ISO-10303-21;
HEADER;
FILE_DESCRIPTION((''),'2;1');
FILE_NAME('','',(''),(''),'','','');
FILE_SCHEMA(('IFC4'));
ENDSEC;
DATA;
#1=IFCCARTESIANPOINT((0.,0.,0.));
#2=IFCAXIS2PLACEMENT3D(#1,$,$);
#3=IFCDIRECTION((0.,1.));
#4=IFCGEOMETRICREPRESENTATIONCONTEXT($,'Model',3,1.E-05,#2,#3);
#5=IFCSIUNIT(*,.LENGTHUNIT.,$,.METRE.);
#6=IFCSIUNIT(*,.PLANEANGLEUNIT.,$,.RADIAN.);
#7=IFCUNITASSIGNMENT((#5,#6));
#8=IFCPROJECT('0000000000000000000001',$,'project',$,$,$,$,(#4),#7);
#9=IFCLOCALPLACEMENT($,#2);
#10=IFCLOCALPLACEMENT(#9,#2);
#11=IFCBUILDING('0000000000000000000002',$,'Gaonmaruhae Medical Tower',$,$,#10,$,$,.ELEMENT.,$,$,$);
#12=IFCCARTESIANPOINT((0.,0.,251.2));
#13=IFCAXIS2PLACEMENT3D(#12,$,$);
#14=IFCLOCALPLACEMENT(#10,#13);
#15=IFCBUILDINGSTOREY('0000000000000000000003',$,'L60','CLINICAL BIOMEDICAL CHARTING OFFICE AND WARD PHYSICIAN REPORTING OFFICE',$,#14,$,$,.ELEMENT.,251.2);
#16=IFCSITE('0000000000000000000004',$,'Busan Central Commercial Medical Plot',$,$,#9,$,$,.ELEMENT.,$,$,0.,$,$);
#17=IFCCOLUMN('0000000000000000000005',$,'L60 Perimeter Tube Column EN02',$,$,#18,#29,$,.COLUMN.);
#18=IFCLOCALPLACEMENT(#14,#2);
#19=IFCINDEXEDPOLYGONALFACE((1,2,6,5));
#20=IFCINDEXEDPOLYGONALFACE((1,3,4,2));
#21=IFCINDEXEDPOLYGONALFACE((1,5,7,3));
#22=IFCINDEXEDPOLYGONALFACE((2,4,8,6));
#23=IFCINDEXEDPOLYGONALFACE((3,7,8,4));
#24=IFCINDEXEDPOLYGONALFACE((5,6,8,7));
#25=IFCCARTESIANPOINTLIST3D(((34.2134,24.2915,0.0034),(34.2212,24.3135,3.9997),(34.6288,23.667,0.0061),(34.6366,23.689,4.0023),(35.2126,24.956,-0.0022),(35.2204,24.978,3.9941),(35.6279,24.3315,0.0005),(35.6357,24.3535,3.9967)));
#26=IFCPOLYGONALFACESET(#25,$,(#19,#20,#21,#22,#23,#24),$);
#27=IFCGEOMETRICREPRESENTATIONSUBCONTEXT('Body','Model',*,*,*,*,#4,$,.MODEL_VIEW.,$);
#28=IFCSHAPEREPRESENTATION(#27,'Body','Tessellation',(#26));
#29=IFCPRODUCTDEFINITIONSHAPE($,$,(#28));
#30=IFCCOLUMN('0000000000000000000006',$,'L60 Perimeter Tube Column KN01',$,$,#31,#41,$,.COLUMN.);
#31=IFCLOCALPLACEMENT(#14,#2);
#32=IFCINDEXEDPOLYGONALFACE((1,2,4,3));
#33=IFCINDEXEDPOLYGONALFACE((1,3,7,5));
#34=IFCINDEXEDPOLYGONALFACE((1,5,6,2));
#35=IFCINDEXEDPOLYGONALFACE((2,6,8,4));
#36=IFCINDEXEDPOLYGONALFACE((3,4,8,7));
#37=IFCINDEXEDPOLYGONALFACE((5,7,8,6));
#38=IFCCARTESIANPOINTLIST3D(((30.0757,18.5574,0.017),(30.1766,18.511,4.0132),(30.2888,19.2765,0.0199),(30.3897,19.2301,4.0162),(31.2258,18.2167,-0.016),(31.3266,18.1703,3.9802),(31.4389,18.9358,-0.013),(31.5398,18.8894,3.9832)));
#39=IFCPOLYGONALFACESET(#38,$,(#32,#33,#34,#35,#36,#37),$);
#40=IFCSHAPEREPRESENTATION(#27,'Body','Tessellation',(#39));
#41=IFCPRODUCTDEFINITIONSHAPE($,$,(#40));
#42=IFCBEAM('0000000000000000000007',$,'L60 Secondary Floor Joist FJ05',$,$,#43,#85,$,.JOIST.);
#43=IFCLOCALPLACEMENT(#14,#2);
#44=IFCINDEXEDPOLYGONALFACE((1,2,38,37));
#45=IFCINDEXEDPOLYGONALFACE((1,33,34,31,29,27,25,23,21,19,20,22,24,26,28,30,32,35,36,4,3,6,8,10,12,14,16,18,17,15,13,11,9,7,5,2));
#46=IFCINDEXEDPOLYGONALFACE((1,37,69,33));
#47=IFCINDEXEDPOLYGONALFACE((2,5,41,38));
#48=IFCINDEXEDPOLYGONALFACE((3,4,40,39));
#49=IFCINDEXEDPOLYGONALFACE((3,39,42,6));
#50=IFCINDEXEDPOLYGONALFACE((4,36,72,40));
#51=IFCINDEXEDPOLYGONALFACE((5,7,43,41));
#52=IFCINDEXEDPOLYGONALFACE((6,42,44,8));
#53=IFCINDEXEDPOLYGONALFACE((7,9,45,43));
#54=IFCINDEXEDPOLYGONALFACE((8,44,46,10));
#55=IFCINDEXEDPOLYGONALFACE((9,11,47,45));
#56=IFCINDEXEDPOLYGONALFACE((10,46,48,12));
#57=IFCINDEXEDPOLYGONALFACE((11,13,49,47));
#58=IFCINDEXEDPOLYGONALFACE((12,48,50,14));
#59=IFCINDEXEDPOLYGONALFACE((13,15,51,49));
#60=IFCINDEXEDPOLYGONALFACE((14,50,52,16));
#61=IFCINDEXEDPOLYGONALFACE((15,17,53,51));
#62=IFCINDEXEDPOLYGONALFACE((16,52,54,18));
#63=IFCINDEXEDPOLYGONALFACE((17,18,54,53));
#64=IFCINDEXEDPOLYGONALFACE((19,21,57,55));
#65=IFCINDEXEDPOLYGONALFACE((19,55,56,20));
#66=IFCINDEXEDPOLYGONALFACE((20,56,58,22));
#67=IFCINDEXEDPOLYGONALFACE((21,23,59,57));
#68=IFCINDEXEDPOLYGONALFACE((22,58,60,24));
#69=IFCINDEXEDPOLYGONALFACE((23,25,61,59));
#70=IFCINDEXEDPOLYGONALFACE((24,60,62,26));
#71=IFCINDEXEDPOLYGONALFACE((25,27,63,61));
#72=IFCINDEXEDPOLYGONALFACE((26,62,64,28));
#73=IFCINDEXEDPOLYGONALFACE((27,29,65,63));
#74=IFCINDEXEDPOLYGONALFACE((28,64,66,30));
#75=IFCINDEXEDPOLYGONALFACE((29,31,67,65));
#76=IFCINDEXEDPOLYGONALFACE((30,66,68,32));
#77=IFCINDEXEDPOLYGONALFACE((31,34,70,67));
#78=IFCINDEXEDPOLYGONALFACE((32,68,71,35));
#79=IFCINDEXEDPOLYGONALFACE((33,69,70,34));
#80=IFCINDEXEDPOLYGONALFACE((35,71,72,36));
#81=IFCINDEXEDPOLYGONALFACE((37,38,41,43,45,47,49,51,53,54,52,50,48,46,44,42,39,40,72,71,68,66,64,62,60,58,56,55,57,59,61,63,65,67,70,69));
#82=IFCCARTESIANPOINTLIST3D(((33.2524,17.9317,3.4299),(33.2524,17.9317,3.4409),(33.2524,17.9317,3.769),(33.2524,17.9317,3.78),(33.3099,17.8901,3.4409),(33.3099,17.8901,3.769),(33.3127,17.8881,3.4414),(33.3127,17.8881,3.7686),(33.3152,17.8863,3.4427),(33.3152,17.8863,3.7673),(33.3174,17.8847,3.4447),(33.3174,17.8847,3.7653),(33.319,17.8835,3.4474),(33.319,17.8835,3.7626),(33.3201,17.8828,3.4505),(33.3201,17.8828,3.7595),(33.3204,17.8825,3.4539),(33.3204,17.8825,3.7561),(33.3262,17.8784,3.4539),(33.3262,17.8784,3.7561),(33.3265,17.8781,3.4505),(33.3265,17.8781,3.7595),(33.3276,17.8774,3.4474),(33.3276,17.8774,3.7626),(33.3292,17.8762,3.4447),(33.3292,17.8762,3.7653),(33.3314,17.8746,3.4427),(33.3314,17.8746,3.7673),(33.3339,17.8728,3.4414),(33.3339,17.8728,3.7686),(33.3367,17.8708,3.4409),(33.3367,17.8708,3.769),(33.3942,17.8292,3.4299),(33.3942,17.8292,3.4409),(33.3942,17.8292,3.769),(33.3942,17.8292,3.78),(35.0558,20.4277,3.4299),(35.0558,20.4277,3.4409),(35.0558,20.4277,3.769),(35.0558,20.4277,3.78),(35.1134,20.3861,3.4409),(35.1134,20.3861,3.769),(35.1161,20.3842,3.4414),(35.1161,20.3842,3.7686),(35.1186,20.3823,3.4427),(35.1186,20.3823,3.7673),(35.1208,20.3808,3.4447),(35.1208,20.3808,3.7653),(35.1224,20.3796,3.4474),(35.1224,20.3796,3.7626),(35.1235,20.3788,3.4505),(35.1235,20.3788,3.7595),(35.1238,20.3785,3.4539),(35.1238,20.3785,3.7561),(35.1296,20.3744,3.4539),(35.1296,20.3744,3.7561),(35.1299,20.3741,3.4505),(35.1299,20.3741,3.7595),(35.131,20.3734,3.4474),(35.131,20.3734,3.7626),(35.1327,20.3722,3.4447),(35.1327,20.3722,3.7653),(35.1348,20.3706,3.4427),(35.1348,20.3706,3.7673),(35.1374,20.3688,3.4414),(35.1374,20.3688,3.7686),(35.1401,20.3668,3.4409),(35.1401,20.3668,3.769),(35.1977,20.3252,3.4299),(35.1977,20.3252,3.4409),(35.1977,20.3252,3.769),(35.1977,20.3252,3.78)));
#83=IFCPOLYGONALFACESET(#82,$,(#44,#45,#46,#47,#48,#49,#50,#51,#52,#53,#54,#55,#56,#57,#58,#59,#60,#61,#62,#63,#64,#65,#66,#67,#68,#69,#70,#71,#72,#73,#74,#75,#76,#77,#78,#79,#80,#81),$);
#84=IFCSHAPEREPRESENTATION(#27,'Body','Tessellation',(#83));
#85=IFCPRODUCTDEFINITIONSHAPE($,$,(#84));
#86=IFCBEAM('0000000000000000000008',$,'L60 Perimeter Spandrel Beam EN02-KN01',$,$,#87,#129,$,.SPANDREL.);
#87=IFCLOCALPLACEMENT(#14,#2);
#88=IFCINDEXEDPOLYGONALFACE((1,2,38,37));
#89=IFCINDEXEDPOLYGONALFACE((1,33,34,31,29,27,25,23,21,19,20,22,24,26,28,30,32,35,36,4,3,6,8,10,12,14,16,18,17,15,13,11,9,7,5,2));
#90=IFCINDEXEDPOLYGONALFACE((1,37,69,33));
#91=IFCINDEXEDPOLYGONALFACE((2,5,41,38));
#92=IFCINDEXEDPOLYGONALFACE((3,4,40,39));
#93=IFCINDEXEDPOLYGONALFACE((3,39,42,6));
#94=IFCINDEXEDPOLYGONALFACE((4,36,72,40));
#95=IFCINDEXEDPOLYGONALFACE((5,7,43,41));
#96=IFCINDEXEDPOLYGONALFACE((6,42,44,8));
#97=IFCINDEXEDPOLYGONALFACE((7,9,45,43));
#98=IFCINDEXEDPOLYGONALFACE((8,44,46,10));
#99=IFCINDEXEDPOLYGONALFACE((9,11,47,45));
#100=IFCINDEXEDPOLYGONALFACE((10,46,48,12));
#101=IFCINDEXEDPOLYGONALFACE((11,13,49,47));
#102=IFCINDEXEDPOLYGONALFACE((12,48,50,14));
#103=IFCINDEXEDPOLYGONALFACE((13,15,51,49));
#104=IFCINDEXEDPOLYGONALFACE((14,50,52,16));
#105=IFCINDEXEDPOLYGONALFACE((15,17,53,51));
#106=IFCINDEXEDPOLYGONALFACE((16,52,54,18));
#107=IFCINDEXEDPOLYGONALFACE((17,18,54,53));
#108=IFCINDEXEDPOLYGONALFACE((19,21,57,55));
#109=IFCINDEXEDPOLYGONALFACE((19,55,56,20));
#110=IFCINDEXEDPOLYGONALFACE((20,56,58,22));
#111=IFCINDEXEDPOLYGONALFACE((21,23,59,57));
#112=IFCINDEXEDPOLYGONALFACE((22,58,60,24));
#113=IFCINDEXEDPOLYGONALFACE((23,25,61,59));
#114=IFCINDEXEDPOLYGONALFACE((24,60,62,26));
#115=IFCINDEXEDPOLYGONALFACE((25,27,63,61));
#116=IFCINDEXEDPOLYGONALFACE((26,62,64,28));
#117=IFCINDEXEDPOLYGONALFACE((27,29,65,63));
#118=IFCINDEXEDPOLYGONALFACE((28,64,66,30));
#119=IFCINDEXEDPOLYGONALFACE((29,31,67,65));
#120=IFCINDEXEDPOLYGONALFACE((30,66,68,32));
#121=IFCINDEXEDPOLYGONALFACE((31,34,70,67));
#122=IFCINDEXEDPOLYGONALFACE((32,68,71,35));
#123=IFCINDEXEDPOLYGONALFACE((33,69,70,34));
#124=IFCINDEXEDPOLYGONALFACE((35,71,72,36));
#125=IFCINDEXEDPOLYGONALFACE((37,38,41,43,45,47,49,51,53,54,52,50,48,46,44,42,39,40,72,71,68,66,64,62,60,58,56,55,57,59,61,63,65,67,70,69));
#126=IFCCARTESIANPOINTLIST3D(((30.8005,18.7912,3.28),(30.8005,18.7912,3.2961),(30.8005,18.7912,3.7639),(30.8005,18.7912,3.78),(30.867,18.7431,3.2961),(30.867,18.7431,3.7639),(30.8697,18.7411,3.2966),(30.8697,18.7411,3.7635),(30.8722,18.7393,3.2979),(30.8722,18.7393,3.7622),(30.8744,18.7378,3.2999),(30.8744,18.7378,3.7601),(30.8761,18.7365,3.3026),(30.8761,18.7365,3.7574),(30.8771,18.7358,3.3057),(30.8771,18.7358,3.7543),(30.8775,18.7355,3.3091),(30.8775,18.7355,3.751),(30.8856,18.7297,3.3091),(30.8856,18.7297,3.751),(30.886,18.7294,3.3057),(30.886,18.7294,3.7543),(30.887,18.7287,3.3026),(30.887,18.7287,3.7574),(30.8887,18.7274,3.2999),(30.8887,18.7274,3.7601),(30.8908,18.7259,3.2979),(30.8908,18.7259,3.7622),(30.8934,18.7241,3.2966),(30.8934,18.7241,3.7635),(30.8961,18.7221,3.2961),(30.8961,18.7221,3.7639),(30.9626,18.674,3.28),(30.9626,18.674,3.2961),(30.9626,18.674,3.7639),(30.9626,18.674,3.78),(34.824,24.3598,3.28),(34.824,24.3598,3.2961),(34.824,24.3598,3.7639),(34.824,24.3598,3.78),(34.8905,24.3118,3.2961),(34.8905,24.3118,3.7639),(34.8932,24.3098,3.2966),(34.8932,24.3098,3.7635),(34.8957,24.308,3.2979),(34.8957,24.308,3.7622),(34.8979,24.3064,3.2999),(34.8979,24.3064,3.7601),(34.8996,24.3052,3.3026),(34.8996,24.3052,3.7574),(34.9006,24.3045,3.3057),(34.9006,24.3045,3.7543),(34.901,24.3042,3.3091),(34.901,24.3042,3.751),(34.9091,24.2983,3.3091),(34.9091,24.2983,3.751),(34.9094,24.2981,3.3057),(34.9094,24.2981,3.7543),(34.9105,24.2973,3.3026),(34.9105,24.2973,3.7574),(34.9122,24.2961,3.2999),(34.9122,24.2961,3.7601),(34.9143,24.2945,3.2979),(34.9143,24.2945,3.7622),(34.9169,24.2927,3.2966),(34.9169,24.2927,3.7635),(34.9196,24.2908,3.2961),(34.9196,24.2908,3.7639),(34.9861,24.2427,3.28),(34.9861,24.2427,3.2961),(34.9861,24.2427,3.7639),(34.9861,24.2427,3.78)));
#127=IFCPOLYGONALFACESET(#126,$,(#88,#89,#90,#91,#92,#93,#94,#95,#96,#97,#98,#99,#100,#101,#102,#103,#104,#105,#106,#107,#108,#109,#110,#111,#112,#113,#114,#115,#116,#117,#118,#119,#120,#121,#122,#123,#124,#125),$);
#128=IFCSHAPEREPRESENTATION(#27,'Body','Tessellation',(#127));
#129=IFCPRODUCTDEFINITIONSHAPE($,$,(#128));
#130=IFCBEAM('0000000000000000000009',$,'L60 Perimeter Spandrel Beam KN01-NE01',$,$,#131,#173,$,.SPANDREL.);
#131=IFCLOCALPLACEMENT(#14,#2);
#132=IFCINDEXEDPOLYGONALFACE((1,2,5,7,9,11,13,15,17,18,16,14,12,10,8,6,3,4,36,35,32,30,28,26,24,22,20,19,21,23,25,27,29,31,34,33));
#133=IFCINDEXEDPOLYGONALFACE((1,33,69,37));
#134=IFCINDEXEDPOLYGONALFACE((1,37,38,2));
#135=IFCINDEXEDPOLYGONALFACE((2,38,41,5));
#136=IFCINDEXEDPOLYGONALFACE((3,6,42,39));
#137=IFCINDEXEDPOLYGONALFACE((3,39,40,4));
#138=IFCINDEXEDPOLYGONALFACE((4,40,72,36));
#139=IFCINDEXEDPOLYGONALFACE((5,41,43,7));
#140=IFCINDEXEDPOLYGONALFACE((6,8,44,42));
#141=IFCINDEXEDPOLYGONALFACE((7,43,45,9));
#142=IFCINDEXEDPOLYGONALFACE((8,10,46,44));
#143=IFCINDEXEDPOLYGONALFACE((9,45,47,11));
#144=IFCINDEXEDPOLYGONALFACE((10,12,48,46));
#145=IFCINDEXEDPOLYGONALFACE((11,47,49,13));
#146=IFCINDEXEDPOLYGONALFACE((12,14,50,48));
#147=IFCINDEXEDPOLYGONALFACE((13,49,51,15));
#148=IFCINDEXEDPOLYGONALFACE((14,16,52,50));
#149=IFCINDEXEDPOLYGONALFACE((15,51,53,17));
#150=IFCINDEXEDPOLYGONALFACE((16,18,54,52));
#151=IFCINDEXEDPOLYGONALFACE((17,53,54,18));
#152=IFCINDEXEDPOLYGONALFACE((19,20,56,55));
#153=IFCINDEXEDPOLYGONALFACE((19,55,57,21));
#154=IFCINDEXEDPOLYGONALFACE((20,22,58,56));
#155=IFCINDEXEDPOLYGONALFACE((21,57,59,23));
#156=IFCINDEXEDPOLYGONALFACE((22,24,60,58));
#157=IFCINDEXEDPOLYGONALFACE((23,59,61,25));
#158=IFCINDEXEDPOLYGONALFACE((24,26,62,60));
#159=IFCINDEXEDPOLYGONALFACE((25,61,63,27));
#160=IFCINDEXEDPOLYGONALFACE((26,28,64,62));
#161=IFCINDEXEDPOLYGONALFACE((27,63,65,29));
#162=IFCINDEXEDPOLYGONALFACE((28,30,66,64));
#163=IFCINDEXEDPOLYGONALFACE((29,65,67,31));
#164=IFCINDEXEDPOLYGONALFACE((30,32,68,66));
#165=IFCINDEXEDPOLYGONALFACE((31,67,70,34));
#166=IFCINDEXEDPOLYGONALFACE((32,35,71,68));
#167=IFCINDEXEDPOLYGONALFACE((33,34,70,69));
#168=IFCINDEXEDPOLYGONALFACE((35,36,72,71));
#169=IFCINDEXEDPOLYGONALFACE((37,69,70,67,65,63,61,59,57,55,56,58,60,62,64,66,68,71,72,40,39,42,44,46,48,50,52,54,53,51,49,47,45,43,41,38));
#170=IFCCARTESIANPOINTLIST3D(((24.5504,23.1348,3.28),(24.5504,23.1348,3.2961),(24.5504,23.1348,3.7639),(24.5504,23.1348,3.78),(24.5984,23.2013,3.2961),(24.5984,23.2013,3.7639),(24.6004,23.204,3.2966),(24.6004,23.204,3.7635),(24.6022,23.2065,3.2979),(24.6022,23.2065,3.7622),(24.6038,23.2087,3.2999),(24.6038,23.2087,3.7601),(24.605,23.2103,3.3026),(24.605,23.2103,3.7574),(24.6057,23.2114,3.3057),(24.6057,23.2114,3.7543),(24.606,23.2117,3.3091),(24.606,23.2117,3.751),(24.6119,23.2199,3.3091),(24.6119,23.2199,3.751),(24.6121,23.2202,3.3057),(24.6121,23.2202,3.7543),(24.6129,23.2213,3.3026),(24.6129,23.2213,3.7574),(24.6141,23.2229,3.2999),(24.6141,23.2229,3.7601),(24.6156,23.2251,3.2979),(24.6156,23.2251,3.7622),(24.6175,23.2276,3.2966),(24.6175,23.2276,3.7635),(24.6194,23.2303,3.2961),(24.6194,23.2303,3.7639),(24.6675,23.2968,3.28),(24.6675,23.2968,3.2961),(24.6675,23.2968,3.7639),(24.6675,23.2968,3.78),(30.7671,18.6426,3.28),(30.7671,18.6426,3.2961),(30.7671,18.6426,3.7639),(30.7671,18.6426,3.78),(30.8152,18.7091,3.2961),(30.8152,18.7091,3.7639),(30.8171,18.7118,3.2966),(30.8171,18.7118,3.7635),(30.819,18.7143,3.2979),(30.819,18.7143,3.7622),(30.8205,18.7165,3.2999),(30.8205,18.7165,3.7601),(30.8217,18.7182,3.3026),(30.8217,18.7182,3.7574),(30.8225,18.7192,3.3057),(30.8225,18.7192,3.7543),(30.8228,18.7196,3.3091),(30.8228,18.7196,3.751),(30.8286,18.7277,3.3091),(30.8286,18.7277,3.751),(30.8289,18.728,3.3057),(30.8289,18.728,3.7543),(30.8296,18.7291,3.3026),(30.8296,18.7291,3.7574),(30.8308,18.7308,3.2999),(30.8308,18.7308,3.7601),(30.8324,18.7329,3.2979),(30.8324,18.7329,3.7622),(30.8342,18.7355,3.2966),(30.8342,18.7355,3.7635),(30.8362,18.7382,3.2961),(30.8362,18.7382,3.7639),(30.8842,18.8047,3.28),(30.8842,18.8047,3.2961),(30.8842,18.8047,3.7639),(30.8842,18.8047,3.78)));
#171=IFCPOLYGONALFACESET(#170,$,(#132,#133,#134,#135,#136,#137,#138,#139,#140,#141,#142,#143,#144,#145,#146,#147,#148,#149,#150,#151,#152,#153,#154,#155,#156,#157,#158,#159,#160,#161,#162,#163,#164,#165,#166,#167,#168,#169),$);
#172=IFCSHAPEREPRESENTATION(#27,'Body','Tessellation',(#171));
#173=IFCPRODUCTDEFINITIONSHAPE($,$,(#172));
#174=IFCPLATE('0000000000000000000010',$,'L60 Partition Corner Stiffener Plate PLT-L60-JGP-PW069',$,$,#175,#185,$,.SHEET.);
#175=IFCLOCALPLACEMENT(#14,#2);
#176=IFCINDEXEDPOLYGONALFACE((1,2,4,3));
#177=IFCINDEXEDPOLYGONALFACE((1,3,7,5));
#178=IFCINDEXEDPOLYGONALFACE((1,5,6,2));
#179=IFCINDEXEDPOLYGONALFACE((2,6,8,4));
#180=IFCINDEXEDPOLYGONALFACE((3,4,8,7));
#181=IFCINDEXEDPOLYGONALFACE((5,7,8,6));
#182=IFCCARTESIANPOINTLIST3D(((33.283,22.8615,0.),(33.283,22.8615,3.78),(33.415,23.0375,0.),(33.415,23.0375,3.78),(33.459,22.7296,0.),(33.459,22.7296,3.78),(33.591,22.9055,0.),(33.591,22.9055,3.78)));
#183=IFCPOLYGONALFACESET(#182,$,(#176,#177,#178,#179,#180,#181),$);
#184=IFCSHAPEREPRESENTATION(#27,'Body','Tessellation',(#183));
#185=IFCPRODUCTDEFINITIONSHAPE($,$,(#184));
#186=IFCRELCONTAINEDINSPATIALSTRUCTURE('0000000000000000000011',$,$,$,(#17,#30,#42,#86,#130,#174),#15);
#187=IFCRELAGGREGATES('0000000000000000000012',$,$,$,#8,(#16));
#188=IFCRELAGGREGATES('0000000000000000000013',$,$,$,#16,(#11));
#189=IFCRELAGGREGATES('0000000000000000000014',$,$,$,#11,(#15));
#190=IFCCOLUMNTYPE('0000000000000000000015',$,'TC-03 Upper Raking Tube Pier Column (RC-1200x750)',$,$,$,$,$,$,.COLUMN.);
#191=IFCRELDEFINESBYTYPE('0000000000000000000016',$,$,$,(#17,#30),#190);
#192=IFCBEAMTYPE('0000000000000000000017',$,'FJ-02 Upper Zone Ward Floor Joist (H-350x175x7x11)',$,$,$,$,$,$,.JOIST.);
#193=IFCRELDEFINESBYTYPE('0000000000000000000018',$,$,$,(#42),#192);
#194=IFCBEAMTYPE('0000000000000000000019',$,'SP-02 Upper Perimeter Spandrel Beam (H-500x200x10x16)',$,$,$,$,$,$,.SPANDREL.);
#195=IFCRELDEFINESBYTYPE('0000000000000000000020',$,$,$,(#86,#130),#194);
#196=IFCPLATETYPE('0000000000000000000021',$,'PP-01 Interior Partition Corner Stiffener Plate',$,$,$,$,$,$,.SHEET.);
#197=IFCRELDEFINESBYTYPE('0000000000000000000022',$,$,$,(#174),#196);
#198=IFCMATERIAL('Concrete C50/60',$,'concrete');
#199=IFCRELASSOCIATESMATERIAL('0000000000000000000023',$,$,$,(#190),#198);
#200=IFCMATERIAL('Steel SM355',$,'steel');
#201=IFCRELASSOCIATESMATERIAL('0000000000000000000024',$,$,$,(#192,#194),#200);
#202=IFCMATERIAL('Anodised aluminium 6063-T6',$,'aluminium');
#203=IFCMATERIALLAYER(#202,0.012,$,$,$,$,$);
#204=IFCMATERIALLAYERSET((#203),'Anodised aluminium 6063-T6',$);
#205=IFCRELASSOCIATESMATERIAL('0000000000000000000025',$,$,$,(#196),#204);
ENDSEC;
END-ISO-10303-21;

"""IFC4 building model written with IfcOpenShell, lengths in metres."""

from ifc_helpers import new_model, si_unit, direction, frame, origin, origin_2d, place, context, subcontext, project, spatial, rectangle, i_section, extrude, material, layer, layer_set, material_profile, profile_set, type_object, element, save


model = new_model("IFC4")

# Units and contexts
model_context = context("Model", 3, precision=1e-05, world=origin(), true_north=direction((0.0, 1.0)))
body_context = subcontext(model_context, "Body", "Model", "MODEL_VIEW")
ifc_project = project(units=[si_unit("LENGTHUNIT", "METRE"), si_unit("PLANEANGLEUNIT", "RADIAN")], contexts=[model_context])

# Site, building, storey
site_placement = place(None, origin())
site = spatial("IfcSite", under=ifc_project, at=site_placement, Name="Busan Central Commercial Medical Plot", CompositionType="ELEMENT", RefElevation=0.0)
building_placement = place(site_placement, origin())
building = spatial("IfcBuilding", under=site, at=building_placement, Name="Gaonmaruhae Medical Tower", CompositionType="ELEMENT")
storey_placement = place(building_placement, frame((0.0, 0.0, 251.2)))
storey = spatial("IfcBuildingStorey", under=building, at=storey_placement, Name="L60", Description="CLINICAL BIOMEDICAL CHARTING OFFICE AND WARD PHYSICIAN REPORTING OFFICE", CompositionType="ELEMENT", Elevation=251.2)

# Columns
ifc_material_1 = material(Name="Concrete C50/60", Category="concrete")
ifc_material_profile_1 = material_profile(ifc_material_1, rectangle(XDim=1.2, YDim=0.75, at=origin_2d()), Name="RC-1200x750")
ifc_profile_set_1 = profile_set([ifc_material_profile_1], Name="Concrete C50/60")
column_type = type_object("IfcColumnType", Name="TC-03 Upper Raking Tube Pier Column (RC-1200x750)", PredefinedType="COLUMN", material=ifc_profile_set_1)
column_1_placement = place(storey_placement, frame((34.9207, 24.3115, 0.002), z_axis=(0.001955, 0.005498, 0.999983), x_axis=(-0.832657, -0.553769, 0.004673)))
element("IfcColumn", 1, at=column_1_placement, inside=storey, type_object=column_type, Name="L60 Perimeter Tube Column EN02", PredefinedType="COLUMN", context=body_context, shape_type="SweptSolid", body=[
    extrude(rectangle(XDim=1.2, YDim=0.75, at=origin_2d()), origin(), (0.0, 0.0, 1.0), 3.9963),
])
column_2_placement = place(storey_placement, frame((30.7573, 18.7466, 0.002), z_axis=(0.025221, -0.011603, 0.999615), x_axis=(-0.95845, 0.283935, 0.027478)))
element("IfcColumn", 2, at=column_2_placement, inside=storey, type_object=column_type, Name="L60 Perimeter Tube Column KN01", PredefinedType="COLUMN", context=body_context, shape_type="SweptSolid", body=[
    extrude(rectangle(XDim=1.2, YDim=0.75, at=origin_2d()), origin(), (0.0, 0.0, 1.0), 3.9978),
])

# Beams
ifc_material_2 = material(Name="Steel SM355", Category="steel")
ifc_material_profile_2 = material_profile(ifc_material_2, i_section(OverallWidth=0.175, OverallDepth=0.3501, WebThickness=0.0071, FlangeThickness=0.011, FilletRadius=0.0129, at=origin_2d()), Name="H-350x175x7x11")
ifc_profile_set_2 = profile_set([ifc_material_profile_2], Name="Steel SM355")
beam_type_1 = type_object("IfcBeamType", Name="FJ-02 Upper Zone Ward Floor Joist (H-350x175x7x11)", PredefinedType="JOIST", material=ifc_profile_set_2)
beam_1_placement = place(storey_placement, frame((35.1267, 20.3765, 3.605), z_axis=(-0.585647, -0.810566, 0.0), x_axis=(0.810566, -0.585647, 0.0)))
element("IfcBeam", 3, at=beam_1_placement, inside=storey, type_object=beam_type_1, Name="L60 Secondary Floor Joist FJ05", PredefinedType="JOIST", context=body_context, shape_type="SweptSolid", body=[
    extrude(i_section(OverallWidth=0.175, OverallDepth=0.3501, WebThickness=0.0071, FlangeThickness=0.011, FilletRadius=0.0129, at=origin_2d()), origin(), (0.0, 0.0, 1.0), 3.0793),
])
ifc_material_profile_3 = material_profile(ifc_material_2, i_section(OverallWidth=0.2, OverallDepth=0.5, WebThickness=0.01, FlangeThickness=0.0161, FilletRadius=0.0129, at=origin_2d()), Name="H-500x200x10x16")
ifc_profile_set_3 = profile_set([ifc_material_profile_3], Name="Steel SM355")
beam_type_2 = type_object("IfcBeamType", Name="SP-02 Upper Perimeter Spandrel Beam (H-500x200x10x16)", PredefinedType="SPANDREL", material=ifc_profile_set_3)
beam_2_placement = place(storey_placement, frame((34.905, 24.3013, 3.53), z_axis=(-0.58565, -0.810564, 0.0), x_axis=(0.810564, -0.58565, 0.0)))
element("IfcBeam", 4, at=beam_2_placement, inside=storey, type_object=beam_type_2, Name="L60 Perimeter Spandrel Beam EN02-KN01", PredefinedType="SPANDREL", context=body_context, shape_type="SweptSolid", body=[
    extrude(i_section(OverallWidth=0.2, OverallDepth=0.5, WebThickness=0.01, FlangeThickness=0.0161, FilletRadius=0.0129, at=origin_2d()), origin(), (0.0, 0.0, 1.0), 6.8701),
])
beam_3_placement = place(storey_placement, frame((30.8257, 18.7236, 3.53), z_axis=(-0.810538, 0.585686, 0.0), x_axis=(-0.585686, -0.810538, 0.0)))
element("IfcBeam", 5, at=beam_3_placement, inside=storey, type_object=beam_type_2, Name="L60 Perimeter Spandrel Beam KN01-NE01", PredefinedType="SPANDREL", context=body_context, shape_type="SweptSolid", body=[
    extrude(i_section(OverallWidth=0.2, OverallDepth=0.5, WebThickness=0.01, FlangeThickness=0.0161, FilletRadius=0.0129, at=origin_2d()), origin(), (0.0, 0.0, 1.0), 7.6699),
])

# Plate
ifc_material_3 = material(Name="Anodised aluminium 6063-T6", Category="aluminium")
ifc_layer_1 = layer(ifc_material_3, 0.012)
ifc_layer_set_1 = layer_set([ifc_layer_1], Name="Anodised aluminium 6063-T6")
plate_type = type_object("IfcPlateType", Name="PP-01 Interior Partition Corner Stiffener Plate", PredefinedType="SHEET", material=ifc_layer_set_1)
for number, where, z_axis, x_axis, name in (
    (6, (33.437, 22.8835, 0.0), (0.0, 0.0, 1.0), (-0.799999, 0.600001, 0.0), "L60 Partition Corner Stiffener Plate PLT-L60-JGP-PW069"),
):
    element("IfcPlate", number, at=place(storey_placement, frame(where, z_axis=z_axis, x_axis=x_axis)), inside=storey, type_object=plate_type, Name=name, PredefinedType="SHEET", context=body_context, shape_type="SweptSolid", body=[
        extrude(rectangle(XDim=0.22, YDim=0.22, at=origin_2d()), origin(), (0.0, 0.0, 1.0), 3.78),
    ])

save(model, "model.ifc")
